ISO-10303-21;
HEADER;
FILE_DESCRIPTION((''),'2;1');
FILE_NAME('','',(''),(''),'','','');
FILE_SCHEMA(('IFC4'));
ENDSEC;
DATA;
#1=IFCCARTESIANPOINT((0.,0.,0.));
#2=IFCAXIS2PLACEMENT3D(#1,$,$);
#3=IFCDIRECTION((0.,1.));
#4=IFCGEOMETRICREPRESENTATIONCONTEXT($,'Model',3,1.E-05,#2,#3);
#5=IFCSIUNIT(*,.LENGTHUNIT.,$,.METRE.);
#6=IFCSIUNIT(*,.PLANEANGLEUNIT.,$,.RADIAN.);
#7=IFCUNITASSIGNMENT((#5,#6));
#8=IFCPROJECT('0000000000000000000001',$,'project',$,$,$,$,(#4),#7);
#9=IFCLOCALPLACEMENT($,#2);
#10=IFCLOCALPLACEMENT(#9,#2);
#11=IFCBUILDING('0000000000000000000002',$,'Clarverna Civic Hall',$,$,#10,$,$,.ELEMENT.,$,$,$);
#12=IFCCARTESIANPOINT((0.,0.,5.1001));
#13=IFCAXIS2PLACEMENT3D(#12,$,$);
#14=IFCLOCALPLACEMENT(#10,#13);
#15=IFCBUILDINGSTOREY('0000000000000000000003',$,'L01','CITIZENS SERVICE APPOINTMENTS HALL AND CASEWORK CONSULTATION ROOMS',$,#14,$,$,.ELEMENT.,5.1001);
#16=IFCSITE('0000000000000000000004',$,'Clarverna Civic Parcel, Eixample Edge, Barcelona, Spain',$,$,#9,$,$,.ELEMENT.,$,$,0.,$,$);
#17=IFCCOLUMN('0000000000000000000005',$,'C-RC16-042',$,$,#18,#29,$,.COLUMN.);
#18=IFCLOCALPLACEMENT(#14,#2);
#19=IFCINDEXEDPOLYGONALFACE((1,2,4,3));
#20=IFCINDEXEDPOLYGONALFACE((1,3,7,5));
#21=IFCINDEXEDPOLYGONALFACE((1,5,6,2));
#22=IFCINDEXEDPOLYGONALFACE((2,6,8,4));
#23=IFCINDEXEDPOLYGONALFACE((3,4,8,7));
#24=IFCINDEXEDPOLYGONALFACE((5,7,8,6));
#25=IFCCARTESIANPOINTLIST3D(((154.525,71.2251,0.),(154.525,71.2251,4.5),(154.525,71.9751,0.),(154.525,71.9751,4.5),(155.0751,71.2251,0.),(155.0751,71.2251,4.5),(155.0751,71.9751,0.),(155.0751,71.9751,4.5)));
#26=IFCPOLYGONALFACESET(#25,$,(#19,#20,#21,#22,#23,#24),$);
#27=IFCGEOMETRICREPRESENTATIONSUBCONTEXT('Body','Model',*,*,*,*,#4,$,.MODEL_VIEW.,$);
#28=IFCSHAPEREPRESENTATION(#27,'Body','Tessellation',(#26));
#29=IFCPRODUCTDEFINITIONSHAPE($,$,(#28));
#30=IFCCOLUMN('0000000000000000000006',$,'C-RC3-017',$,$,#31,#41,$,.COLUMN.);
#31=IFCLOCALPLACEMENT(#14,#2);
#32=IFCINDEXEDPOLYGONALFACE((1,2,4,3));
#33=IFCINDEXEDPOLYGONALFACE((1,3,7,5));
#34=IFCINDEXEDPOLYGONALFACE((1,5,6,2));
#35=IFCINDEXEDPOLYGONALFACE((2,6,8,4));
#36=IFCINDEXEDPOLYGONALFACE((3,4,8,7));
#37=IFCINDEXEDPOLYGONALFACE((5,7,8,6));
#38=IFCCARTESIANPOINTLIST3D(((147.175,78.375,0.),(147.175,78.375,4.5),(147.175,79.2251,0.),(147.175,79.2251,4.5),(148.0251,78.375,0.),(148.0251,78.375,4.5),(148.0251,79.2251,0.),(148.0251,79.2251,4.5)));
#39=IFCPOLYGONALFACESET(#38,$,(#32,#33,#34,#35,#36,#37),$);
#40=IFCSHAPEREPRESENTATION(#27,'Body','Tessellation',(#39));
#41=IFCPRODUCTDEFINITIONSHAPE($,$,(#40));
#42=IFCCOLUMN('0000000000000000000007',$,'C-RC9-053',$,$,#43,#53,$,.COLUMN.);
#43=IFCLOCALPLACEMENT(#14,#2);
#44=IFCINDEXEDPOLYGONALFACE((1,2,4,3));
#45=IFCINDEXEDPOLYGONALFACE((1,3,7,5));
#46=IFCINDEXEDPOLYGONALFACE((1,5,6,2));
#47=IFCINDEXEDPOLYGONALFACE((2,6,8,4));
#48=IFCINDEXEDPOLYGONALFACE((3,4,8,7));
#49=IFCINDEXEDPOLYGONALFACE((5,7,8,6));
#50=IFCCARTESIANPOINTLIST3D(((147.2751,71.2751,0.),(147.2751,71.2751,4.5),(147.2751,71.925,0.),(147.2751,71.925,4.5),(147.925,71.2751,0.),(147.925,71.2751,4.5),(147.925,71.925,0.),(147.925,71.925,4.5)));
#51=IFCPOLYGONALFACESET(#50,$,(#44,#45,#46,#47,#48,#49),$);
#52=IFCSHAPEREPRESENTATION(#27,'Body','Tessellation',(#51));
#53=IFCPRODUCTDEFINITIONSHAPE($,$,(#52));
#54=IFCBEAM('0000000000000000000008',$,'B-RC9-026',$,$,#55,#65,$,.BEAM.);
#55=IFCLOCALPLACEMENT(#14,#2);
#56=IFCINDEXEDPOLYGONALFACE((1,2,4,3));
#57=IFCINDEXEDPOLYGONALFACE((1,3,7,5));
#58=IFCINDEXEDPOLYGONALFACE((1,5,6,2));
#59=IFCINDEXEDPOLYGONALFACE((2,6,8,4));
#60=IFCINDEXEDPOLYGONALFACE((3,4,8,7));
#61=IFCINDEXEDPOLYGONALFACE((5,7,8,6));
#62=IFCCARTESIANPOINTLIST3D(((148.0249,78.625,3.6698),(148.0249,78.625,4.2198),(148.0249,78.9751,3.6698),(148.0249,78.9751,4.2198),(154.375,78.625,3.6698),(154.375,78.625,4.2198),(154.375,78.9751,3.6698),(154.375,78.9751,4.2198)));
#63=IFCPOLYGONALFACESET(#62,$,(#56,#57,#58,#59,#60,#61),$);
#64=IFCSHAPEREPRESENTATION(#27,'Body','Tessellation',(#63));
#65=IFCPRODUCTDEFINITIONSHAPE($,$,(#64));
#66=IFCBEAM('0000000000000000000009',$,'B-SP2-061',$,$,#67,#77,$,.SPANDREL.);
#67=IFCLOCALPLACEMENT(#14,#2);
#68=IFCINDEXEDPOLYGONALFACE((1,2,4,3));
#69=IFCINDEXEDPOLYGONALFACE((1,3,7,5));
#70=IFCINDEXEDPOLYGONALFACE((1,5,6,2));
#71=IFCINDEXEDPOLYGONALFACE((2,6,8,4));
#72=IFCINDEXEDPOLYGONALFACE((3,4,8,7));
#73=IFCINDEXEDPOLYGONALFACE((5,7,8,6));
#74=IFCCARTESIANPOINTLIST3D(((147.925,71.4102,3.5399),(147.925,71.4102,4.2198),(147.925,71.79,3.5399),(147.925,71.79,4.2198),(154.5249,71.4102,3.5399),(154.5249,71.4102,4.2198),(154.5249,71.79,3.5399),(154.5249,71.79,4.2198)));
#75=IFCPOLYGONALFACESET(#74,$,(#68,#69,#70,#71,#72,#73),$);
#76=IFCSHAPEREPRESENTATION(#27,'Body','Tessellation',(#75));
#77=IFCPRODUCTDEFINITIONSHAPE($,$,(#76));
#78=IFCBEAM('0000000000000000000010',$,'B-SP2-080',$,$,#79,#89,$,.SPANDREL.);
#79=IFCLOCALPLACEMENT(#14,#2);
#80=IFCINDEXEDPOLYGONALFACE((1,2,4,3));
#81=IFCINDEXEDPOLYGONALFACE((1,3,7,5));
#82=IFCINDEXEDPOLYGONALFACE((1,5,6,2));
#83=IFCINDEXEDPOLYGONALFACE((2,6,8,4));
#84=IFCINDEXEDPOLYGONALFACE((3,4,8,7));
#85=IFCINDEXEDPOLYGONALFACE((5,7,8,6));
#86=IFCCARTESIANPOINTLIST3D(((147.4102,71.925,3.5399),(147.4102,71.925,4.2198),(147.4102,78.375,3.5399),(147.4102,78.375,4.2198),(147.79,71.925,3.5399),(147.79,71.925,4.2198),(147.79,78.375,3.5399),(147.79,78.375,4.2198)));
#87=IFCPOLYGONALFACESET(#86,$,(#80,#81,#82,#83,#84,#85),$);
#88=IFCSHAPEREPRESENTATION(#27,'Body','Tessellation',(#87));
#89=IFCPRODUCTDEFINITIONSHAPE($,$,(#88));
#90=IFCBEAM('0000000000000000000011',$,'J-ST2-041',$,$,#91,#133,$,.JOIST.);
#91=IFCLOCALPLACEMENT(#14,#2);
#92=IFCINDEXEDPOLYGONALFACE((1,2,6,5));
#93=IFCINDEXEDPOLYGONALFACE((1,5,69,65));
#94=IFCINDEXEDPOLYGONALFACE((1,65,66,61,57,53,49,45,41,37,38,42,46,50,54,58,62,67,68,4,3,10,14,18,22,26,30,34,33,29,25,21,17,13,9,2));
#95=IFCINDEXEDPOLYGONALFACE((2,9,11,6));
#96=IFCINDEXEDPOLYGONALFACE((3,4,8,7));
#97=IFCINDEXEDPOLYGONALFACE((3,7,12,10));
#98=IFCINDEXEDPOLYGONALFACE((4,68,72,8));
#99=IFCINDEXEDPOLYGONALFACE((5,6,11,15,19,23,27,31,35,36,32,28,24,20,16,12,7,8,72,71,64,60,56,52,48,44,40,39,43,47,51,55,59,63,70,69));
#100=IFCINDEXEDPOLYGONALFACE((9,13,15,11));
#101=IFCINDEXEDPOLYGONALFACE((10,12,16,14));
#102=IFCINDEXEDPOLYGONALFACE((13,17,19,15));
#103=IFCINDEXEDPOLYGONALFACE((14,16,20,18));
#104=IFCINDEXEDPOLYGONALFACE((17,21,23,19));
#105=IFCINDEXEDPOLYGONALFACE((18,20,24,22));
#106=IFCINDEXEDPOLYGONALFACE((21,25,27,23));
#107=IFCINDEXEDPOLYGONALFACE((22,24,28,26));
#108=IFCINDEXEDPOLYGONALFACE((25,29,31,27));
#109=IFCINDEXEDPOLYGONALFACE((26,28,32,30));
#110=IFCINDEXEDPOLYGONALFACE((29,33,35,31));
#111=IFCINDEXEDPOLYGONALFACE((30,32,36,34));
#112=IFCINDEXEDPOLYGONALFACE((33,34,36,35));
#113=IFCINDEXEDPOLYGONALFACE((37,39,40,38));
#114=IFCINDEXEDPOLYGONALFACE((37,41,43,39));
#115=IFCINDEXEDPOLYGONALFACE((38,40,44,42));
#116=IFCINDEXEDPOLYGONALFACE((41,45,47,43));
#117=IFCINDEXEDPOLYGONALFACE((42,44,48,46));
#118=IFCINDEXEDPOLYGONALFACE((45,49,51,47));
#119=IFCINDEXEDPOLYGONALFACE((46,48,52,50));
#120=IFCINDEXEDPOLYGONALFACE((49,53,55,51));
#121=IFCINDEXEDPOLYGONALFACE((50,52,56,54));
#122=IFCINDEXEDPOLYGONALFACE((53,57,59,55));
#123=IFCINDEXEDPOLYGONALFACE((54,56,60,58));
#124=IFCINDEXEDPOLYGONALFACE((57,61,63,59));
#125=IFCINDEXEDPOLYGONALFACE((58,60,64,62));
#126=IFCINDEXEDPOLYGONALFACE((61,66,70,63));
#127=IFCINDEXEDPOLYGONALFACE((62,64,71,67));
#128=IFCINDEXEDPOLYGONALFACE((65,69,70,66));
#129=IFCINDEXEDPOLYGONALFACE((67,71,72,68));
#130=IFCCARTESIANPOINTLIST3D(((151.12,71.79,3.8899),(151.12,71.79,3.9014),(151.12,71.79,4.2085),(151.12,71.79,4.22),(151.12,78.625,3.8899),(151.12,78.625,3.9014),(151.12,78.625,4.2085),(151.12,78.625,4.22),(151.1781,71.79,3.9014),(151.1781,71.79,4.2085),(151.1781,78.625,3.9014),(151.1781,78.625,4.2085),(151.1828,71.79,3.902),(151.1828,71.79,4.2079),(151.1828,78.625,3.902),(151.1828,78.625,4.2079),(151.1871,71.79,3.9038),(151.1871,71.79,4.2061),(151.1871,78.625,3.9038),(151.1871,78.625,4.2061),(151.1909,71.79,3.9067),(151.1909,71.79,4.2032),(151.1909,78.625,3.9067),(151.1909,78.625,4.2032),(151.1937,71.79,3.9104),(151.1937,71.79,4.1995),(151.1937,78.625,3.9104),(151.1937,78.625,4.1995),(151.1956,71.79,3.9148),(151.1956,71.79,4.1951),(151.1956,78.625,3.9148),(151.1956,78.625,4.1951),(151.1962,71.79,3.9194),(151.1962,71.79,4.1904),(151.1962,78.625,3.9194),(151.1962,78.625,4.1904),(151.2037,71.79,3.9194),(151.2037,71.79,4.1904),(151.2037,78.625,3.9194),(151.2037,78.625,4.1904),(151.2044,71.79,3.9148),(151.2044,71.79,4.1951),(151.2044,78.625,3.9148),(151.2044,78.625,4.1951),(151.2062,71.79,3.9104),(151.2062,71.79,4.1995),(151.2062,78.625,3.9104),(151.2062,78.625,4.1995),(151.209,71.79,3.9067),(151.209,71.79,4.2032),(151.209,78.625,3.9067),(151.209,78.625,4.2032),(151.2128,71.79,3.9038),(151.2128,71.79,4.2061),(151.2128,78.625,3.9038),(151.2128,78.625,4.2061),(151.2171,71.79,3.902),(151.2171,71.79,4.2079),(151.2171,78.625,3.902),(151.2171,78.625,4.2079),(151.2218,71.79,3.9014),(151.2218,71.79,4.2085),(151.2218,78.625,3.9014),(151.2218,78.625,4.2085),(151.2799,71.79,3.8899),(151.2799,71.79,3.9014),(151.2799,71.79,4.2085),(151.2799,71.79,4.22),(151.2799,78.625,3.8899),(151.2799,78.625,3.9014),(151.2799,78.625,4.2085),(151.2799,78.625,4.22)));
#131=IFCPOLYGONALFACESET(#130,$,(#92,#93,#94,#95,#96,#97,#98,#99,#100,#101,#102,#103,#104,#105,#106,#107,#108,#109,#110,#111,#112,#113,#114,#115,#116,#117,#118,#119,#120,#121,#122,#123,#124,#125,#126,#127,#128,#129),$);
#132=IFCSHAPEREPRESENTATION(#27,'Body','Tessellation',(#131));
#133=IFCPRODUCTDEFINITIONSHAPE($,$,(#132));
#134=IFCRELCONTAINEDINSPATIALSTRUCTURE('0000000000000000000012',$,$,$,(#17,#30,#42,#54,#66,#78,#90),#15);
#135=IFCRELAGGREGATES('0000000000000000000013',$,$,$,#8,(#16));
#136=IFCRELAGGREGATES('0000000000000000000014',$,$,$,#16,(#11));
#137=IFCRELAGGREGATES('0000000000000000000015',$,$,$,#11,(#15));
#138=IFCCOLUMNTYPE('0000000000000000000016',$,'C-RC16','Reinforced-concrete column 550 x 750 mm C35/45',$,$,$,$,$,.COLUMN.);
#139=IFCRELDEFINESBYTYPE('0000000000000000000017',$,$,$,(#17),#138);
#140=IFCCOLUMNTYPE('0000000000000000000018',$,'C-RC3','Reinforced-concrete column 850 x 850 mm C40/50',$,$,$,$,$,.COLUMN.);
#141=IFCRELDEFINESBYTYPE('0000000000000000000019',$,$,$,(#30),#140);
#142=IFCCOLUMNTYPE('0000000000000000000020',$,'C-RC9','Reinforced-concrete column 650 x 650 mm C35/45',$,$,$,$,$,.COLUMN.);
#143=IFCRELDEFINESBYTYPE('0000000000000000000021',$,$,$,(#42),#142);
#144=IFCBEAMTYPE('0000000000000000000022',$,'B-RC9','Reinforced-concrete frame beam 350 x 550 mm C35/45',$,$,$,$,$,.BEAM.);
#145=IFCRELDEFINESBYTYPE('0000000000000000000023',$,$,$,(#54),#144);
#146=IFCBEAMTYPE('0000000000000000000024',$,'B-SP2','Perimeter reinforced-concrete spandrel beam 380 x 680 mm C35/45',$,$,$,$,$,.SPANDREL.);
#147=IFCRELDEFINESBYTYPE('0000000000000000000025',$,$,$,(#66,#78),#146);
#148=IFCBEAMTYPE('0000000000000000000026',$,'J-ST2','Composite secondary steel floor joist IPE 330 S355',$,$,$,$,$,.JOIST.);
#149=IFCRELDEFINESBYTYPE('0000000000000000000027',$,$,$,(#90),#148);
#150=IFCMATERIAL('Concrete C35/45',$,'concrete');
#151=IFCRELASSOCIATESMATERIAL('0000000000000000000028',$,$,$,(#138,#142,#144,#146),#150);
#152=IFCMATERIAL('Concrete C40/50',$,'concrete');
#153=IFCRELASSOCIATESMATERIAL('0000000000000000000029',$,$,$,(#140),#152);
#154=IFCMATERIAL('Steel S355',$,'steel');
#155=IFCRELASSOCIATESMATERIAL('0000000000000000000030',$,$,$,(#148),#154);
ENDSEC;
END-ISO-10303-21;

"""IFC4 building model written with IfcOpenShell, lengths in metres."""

from ifc_helpers import new_model, si_unit, direction, frame, origin, origin_2d, place, context, subcontext, project, spatial, rectangle, i_section, extrude, material, material_profile, profile_set, type_object, element, save


model = new_model("IFC4")

# Units and contexts
model_context = context("Model", 3, precision=1e-05, world=origin(), true_north=direction((0.0, 1.0)))
body_context = subcontext(model_context, "Body", "Model", "MODEL_VIEW")
ifc_project = project(units=[si_unit("LENGTHUNIT", "METRE"), si_unit("PLANEANGLEUNIT", "RADIAN")], contexts=[model_context])

# Site, building, storey
site_placement = place(None, origin())
site = spatial("IfcSite", under=ifc_project, at=site_placement, Name="Clarverna Civic Parcel, Eixample Edge, Barcelona, Spain", CompositionType="ELEMENT", RefElevation=0.0)
building_placement = place(site_placement, origin())
building = spatial("IfcBuilding", under=site, at=building_placement, Name="Clarverna Civic Hall", CompositionType="ELEMENT")
storey_placement = place(building_placement, frame((0.0, 0.0, 5.1001)))
storey = spatial("IfcBuildingStorey", under=building, at=storey_placement, Name="L01", Description="CITIZENS SERVICE APPOINTMENTS HALL AND CASEWORK CONSULTATION ROOMS", CompositionType="ELEMENT", Elevation=5.1001)

# Columns
ifc_material_1 = material(Name="Concrete C35/45", Category="concrete")
ifc_material_profile_1 = material_profile(ifc_material_1, rectangle(XDim=0.55, YDim=0.75, at=origin_2d()), Name="RC 550x750")
ifc_profile_set_1 = profile_set([ifc_material_profile_1], Name="Concrete C35/45")
column_type_1 = type_object("IfcColumnType", Name="C-RC16", Description="Reinforced-concrete column 550 x 750 mm C35/45", PredefinedType="COLUMN", material=ifc_profile_set_1)
column_1_placement = place(storey_placement, frame((154.8, 71.6001, 0.0), z_axis=(0.0, 0.0, 1.0), x_axis=(1.0, 0.0, 0.0)))
element("IfcColumn", 1, at=column_1_placement, inside=storey, type_object=column_type_1, Name="C-RC16-042", PredefinedType="COLUMN", context=body_context, shape_type="SweptSolid", body=[
    extrude(rectangle(XDim=0.55, YDim=0.75, at=origin_2d()), origin(), (0.0, 0.0, 1.0), 4.5),
])
ifc_material_2 = material(Name="Concrete C40/50", Category="concrete")
ifc_material_profile_2 = material_profile(ifc_material_2, rectangle(XDim=0.8501, YDim=0.8501, at=origin_2d()), Name="RC 850x850")
ifc_profile_set_2 = profile_set([ifc_material_profile_2], Name="Concrete C40/50")
column_type_2 = type_object("IfcColumnType", Name="C-RC3", Description="Reinforced-concrete column 850 x 850 mm C40/50", PredefinedType="COLUMN", material=ifc_profile_set_2)
column_2_placement = place(storey_placement, frame((147.6001, 78.8, 0.0), z_axis=(0.0, 0.0, 1.0), x_axis=(1.0, 0.0, 0.0)))
element("IfcColumn", 2, at=column_2_placement, inside=storey, type_object=column_type_2, Name="C-RC3-017", PredefinedType="COLUMN", context=body_context, shape_type="SweptSolid", body=[
    extrude(rectangle(XDim=0.8501, YDim=0.8501, at=origin_2d()), origin(), (0.0, 0.0, 1.0), 4.5),
])
ifc_material_profile_3 = material_profile(ifc_material_1, rectangle(XDim=0.6499, YDim=0.6499, at=origin_2d()), Name="RC 650x650")
ifc_profile_set_3 = profile_set([ifc_material_profile_3], Name="Concrete C35/45")
column_type_3 = type_object("IfcColumnType", Name="C-RC9", Description="Reinforced-concrete column 650 x 650 mm C35/45", PredefinedType="COLUMN", material=ifc_profile_set_3)
column_3_placement = place(storey_placement, frame((147.6001, 71.6001, 0.0), z_axis=(0.0, 0.0, 1.0), x_axis=(1.0, 0.0, 0.0)))
element("IfcColumn", 3, at=column_3_placement, inside=storey, type_object=column_type_3, Name="C-RC9-053", PredefinedType="COLUMN", context=body_context, shape_type="SweptSolid", body=[
    extrude(rectangle(XDim=0.6499, YDim=0.6499, at=origin_2d()), origin(), (0.0, 0.0, 1.0), 4.5),
])

# Beams
ifc_material_profile_4 = material_profile(ifc_material_1, rectangle(XDim=0.3501, YDim=0.55, at=origin_2d()), Name="RC 350x550")
ifc_profile_set_4 = profile_set([ifc_material_profile_4], Name="Concrete C35/45")
beam_type_1 = type_object("IfcBeamType", Name="B-RC9", Description="Reinforced-concrete frame beam 350 x 550 mm C35/45", PredefinedType="BEAM", material=ifc_profile_set_4)
beam_1_placement = place(storey_placement, frame((148.0249, 78.8, 3.9448), z_axis=(1.0, 0.0, 0.0), x_axis=(0.0, 1.0, 0.0)))
element("IfcBeam", 4, at=beam_1_placement, inside=storey, type_object=beam_type_1, Name="B-RC9-026", PredefinedType="BEAM", context=body_context, shape_type="SweptSolid", body=[
    extrude(rectangle(XDim=0.3501, YDim=0.55, at=origin_2d()), origin(), (0.0, 0.0, 1.0), 6.3501),
])
ifc_material_profile_5 = material_profile(ifc_material_1, rectangle(XDim=0.3799, YDim=0.6799, at=origin_2d()), Name="RC 380x680")
ifc_profile_set_5 = profile_set([ifc_material_profile_5], Name="Concrete C35/45")
beam_type_2 = type_object("IfcBeamType", Name="B-SP2", Description="Perimeter reinforced-concrete spandrel beam 380 x 680 mm C35/45", PredefinedType="SPANDREL", material=ifc_profile_set_5)
beam_2_placement = place(storey_placement, frame((147.925, 71.6001, 3.8799), z_axis=(1.0, 0.0, 0.0), x_axis=(0.0, 1.0, 0.0)))
element("IfcBeam", 5, at=beam_2_placement, inside=storey, type_object=beam_type_2, Name="B-SP2-061", PredefinedType="SPANDREL", context=body_context, shape_type="SweptSolid", body=[
    extrude(rectangle(XDim=0.3799, YDim=0.6799, at=origin_2d()), origin(), (0.0, 0.0, 1.0), 6.5999),
])
beam_3_placement = place(storey_placement, frame((147.6001, 71.925, 3.8799), z_axis=(0.0, 1.0, 0.0), x_axis=(-1.0, 0.0, 0.0)))
element("IfcBeam", 6, at=beam_3_placement, inside=storey, type_object=beam_type_2, Name="B-SP2-080", PredefinedType="SPANDREL", context=body_context, shape_type="SweptSolid", body=[
    extrude(rectangle(XDim=0.3799, YDim=0.6799, at=origin_2d()), origin(), (0.0, 0.0, 1.0), 6.45),
])
ifc_material_3 = material(Name="Steel S355", Category="steel")
ifc_material_profile_6 = material_profile(ifc_material_3, i_section(OverallWidth=0.1599, OverallDepth=0.3301, WebThickness=0.0076, FlangeThickness=0.0115, FilletRadius=0.0181, at=origin_2d()), Name="IPE 330")
ifc_profile_set_6 = profile_set([ifc_material_profile_6], Name="Steel S355")
beam_type_3 = type_object("IfcBeamType", Name="J-ST2", Description="Composite secondary steel floor joist IPE 330 S355", PredefinedType="JOIST", material=ifc_profile_set_6)
beam_4_placement = place(storey_placement, frame((151.2, 71.79, 4.0549), z_axis=(0.0, 1.0, 0.0), x_axis=(-1.0, 0.0, 0.0)))
element("IfcBeam", 7, at=beam_4_placement, inside=storey, type_object=beam_type_3, Name="J-ST2-041", PredefinedType="JOIST", context=body_context, shape_type="SweptSolid", body=[
    extrude(i_section(OverallWidth=0.1599, OverallDepth=0.3301, WebThickness=0.0076, FlangeThickness=0.0115, FilletRadius=0.0181, at=origin_2d()), origin(), (0.0, 0.0, 1.0), 6.835),
])

save(model, "model.ifc")
